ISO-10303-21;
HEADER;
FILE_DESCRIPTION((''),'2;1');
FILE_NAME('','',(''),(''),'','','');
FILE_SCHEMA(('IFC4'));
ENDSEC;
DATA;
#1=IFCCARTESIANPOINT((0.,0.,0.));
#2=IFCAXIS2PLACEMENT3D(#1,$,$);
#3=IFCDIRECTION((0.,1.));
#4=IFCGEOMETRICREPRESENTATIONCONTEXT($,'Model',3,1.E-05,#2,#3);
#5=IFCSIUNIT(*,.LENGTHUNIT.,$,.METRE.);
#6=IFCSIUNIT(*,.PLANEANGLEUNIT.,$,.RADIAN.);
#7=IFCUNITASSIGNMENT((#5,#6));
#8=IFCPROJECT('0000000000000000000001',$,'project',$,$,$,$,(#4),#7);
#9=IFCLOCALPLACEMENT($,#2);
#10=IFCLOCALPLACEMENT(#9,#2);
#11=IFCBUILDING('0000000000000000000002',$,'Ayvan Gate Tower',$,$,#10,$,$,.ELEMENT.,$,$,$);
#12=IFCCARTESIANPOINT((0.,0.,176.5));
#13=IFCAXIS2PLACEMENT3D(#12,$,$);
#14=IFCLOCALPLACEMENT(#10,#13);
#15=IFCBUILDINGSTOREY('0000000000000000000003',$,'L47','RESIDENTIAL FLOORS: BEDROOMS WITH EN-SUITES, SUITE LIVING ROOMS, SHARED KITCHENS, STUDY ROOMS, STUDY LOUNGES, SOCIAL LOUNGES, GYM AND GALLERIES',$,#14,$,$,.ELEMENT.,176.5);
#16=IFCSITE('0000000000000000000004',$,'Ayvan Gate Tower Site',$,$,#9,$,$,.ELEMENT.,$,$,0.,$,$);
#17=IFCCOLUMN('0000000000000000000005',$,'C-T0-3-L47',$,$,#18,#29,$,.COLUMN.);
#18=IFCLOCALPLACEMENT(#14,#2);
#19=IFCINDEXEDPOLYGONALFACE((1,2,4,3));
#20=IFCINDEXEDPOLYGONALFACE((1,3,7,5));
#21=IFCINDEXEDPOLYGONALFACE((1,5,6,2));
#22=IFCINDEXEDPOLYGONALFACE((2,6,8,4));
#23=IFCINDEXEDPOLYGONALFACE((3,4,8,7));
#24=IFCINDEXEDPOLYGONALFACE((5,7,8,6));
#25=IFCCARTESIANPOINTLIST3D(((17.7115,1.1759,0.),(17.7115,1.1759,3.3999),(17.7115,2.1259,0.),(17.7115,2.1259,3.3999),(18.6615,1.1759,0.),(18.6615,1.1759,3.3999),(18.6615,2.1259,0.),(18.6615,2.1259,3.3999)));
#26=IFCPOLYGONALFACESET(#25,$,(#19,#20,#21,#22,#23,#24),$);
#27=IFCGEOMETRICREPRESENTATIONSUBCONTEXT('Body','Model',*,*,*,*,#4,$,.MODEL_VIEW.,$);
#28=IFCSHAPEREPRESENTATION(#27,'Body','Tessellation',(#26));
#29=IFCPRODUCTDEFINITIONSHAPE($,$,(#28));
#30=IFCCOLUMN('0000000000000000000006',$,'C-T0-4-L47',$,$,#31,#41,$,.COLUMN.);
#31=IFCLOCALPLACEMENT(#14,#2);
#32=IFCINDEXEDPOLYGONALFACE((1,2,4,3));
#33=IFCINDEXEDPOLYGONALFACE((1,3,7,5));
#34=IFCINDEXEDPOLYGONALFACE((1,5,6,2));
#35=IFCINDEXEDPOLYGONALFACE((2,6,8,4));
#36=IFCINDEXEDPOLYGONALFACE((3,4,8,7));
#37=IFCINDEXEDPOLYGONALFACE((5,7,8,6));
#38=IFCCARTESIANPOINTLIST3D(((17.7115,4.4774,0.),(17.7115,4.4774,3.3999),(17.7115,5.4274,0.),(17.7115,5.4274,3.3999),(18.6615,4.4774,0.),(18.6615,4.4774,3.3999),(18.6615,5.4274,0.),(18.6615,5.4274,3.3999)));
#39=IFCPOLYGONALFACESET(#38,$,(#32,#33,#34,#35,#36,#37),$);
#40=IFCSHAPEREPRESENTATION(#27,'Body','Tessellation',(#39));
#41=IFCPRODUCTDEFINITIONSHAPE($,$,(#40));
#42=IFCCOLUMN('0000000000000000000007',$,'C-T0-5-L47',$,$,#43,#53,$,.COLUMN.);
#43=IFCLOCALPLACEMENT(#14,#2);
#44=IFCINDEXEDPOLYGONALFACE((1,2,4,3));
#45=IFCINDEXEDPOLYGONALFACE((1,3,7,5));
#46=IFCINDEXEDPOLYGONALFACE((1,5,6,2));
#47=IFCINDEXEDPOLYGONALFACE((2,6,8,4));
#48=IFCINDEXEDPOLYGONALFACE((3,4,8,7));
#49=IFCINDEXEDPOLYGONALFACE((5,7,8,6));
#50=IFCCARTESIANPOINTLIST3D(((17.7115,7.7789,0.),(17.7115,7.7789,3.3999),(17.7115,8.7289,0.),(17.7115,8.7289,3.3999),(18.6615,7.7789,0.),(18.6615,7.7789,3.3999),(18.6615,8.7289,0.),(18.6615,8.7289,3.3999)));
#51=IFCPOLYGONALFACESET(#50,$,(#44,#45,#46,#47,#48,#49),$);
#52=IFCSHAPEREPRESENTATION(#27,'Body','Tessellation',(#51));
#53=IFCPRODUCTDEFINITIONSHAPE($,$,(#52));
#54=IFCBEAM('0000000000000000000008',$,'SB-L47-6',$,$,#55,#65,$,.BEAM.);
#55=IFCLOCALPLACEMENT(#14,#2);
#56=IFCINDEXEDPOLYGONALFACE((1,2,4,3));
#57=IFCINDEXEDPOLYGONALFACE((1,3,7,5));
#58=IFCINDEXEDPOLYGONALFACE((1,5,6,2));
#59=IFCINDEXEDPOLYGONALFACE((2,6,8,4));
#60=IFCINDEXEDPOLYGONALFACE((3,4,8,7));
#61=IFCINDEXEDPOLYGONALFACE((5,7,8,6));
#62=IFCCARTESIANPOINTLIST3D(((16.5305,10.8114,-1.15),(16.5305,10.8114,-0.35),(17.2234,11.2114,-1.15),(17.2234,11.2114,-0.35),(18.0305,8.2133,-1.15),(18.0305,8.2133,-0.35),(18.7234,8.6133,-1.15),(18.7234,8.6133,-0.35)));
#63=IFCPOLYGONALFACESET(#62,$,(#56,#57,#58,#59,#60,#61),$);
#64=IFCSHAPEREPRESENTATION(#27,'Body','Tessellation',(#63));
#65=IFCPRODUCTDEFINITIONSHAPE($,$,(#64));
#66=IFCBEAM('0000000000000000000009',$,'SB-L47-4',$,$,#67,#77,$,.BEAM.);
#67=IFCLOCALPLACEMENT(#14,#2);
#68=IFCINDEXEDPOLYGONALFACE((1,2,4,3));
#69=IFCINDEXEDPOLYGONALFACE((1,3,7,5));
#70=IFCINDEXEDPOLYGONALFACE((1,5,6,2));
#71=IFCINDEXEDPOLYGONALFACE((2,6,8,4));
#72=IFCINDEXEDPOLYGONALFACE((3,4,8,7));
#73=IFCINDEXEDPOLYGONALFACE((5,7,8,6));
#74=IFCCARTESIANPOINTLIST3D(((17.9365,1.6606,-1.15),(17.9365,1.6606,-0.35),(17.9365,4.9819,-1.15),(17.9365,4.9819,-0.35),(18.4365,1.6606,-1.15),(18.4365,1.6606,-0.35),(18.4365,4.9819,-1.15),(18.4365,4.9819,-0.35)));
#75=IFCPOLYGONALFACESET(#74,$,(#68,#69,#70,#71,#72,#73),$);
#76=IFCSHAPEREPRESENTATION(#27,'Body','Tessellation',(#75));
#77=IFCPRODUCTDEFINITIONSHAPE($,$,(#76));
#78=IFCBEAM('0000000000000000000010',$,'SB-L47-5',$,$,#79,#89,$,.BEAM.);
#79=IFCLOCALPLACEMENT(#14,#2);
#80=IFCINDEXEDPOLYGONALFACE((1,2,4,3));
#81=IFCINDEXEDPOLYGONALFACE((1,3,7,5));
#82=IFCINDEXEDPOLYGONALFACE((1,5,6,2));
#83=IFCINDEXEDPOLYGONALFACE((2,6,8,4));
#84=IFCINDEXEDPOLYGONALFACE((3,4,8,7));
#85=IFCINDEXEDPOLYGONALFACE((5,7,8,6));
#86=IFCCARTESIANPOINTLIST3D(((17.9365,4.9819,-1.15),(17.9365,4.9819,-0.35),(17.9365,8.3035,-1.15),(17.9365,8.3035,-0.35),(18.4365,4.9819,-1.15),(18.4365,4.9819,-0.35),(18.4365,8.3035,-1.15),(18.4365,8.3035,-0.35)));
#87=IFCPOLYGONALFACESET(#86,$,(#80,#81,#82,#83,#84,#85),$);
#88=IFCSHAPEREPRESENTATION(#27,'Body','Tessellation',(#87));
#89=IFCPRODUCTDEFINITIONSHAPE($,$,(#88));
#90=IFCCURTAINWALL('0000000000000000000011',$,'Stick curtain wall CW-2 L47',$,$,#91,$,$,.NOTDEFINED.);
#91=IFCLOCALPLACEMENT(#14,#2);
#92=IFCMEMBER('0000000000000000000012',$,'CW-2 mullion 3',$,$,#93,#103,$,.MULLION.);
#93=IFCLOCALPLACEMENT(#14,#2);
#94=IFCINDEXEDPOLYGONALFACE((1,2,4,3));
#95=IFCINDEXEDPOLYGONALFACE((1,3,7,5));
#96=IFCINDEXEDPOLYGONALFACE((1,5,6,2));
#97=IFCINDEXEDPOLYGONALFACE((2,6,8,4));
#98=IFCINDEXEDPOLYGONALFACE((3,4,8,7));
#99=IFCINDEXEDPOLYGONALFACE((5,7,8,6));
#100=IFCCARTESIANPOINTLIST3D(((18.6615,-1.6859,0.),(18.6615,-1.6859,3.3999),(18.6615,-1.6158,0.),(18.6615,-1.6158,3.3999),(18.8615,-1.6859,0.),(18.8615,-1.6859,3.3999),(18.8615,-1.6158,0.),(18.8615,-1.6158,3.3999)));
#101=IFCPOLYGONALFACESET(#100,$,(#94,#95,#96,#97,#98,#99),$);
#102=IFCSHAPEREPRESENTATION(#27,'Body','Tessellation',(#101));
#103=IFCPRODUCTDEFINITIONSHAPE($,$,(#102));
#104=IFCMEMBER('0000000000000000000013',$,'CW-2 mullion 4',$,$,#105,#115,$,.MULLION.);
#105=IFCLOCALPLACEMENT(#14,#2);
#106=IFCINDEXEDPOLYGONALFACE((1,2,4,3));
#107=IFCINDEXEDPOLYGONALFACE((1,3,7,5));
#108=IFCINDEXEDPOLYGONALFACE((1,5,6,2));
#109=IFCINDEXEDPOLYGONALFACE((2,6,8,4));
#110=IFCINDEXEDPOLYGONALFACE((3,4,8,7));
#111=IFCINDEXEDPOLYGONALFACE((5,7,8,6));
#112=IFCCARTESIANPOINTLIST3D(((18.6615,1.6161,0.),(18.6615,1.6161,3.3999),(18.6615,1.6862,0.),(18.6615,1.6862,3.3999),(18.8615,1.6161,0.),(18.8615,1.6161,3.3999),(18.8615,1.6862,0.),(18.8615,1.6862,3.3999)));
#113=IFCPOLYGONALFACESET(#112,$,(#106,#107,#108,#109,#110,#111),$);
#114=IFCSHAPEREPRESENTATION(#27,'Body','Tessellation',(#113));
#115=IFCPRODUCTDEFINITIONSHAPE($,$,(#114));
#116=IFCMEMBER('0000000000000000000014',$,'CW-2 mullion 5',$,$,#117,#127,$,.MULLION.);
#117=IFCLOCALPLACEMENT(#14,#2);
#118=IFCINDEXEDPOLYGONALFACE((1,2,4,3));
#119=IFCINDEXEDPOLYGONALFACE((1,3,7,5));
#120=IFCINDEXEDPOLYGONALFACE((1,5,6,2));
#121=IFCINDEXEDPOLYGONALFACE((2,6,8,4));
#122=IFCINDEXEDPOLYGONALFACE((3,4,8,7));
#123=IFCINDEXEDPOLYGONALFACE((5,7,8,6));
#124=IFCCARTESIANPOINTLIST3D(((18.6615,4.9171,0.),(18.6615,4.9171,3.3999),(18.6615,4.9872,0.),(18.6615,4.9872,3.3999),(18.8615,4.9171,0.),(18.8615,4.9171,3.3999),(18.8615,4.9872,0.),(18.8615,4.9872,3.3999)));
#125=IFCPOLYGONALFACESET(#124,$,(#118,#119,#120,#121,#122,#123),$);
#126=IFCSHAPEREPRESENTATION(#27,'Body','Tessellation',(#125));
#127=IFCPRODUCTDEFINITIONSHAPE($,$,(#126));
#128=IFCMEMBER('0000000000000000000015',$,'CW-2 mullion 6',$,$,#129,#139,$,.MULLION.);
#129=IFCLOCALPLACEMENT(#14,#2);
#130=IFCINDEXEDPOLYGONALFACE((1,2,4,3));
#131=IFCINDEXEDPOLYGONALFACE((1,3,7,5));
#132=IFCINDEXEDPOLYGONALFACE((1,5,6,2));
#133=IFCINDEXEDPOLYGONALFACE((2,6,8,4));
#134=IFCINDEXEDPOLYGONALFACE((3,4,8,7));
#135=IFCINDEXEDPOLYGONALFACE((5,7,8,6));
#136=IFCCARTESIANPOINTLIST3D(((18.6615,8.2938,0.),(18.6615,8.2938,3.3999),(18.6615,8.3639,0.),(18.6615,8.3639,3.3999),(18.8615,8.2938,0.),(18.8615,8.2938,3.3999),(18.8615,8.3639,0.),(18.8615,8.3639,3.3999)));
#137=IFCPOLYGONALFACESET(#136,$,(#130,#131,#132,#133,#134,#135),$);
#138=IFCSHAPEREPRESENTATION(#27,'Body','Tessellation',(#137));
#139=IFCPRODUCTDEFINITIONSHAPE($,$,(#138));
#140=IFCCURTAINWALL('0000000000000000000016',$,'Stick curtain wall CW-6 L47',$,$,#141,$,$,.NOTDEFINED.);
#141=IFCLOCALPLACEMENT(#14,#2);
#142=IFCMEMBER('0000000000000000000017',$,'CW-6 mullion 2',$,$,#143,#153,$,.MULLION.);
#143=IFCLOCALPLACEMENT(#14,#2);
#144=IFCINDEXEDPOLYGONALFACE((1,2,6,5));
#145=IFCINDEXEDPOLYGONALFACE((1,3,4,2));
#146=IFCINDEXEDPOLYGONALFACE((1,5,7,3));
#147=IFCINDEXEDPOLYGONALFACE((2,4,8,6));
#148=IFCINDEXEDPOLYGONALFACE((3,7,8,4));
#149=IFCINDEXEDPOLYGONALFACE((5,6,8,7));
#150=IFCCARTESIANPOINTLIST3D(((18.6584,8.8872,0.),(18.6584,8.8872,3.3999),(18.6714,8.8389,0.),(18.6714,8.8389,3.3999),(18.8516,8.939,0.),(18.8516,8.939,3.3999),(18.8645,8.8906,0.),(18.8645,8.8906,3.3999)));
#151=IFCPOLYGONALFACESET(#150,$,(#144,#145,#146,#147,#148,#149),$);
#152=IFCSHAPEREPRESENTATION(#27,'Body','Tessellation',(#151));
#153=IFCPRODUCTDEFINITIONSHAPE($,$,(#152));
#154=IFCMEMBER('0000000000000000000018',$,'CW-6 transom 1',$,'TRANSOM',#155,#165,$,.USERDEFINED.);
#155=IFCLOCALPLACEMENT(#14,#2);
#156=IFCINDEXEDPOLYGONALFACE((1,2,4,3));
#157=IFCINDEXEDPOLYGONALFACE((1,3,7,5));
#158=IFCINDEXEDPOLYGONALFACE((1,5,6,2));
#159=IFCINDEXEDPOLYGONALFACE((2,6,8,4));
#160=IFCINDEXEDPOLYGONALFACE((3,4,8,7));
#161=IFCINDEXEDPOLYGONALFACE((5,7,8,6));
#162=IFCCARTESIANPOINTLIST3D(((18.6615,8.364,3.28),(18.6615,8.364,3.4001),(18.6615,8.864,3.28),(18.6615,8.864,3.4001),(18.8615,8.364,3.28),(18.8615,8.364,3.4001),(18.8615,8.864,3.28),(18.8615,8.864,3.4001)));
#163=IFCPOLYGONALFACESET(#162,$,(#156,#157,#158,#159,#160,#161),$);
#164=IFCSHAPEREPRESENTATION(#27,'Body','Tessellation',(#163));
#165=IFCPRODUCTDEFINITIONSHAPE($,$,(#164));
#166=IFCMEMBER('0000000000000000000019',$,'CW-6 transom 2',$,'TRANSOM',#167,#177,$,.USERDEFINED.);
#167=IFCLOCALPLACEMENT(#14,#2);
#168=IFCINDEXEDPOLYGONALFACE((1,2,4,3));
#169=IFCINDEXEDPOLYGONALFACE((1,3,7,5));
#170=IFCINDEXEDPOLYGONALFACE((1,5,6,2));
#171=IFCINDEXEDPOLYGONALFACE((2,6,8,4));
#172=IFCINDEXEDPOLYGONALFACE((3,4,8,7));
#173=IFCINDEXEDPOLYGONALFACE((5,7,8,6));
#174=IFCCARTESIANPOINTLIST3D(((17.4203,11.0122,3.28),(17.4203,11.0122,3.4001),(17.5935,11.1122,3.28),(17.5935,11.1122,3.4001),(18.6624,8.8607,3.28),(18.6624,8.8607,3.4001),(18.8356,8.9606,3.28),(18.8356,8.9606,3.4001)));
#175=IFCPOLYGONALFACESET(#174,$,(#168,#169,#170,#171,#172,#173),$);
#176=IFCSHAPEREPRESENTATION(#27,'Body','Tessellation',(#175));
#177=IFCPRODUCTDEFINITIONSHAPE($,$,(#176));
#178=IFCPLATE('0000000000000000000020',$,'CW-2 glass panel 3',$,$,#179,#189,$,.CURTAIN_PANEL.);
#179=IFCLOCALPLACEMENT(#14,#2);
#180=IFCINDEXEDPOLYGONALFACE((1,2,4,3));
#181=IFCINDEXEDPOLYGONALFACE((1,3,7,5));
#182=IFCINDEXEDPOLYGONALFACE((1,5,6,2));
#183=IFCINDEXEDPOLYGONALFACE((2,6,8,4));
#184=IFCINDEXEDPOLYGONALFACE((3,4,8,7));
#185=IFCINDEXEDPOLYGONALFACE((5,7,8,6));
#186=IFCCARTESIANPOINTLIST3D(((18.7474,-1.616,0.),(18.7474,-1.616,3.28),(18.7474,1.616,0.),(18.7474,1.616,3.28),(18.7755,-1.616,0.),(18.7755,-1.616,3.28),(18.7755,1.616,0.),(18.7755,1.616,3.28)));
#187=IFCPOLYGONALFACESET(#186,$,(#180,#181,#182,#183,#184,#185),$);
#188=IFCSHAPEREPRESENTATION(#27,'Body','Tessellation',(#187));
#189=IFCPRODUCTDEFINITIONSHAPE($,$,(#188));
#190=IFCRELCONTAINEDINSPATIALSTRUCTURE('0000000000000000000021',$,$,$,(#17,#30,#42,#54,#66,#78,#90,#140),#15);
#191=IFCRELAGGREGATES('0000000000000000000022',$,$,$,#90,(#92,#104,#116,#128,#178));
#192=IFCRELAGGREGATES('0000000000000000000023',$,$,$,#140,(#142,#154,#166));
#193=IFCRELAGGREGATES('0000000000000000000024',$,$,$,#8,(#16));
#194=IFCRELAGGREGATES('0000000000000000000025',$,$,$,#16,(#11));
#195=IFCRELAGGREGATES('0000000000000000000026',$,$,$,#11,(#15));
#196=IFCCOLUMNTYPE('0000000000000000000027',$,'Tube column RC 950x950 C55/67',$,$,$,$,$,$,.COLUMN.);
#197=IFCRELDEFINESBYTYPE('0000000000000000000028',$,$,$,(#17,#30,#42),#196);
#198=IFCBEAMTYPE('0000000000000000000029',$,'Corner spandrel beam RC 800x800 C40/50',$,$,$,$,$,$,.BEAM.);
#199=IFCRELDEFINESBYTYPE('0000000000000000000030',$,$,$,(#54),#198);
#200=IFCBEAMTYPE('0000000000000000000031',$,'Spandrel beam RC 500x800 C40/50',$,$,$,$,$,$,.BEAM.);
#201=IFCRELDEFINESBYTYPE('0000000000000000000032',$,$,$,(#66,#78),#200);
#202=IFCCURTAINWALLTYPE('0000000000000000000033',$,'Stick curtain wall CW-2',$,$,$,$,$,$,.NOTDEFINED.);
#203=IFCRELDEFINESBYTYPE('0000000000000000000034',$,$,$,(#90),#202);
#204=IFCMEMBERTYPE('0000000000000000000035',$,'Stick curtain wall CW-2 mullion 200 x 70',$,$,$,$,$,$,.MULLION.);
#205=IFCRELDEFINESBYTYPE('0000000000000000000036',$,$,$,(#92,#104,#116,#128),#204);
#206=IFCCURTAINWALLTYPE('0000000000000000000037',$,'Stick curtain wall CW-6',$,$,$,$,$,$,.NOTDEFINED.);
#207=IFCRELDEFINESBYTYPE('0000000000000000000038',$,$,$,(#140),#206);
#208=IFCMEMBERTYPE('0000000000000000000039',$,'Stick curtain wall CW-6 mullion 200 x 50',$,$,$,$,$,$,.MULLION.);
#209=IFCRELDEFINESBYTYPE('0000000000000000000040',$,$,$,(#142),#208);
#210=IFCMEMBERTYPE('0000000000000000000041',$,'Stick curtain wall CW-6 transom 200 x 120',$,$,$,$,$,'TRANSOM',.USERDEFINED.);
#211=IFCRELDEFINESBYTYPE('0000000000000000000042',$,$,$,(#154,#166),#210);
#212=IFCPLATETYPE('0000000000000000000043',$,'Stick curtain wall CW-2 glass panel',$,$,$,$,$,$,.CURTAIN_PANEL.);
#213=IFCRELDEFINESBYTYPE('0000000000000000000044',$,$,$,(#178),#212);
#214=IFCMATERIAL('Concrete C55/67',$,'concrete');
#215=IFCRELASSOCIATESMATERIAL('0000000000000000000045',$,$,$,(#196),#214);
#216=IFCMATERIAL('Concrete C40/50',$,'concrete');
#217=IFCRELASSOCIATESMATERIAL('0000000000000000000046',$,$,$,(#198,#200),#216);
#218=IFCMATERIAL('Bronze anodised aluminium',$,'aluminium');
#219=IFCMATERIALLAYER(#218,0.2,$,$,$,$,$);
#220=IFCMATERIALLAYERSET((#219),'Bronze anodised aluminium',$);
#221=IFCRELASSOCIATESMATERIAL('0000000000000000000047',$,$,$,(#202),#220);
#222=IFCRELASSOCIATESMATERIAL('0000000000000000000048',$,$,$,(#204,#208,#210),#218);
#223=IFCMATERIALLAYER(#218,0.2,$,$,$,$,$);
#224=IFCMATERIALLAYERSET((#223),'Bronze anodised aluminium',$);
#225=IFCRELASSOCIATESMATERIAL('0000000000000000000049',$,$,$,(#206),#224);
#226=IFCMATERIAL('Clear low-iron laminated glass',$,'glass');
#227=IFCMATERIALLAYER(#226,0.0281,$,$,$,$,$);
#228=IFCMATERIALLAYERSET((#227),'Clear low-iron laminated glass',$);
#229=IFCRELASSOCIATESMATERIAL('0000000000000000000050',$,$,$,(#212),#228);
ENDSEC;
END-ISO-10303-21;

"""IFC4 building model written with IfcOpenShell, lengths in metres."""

from ifc_helpers import new_model, si_unit, direction, frame, origin, origin_2d, place, context, subcontext, project, spatial, rectangle, extrude, material, layer, layer_set, material_profile, profile_set, type_object, element, aggregate, save


model = new_model("IFC4")

# Units and contexts
model_context = context("Model", 3, precision=1e-05, world=origin(), true_north=direction((0.0, 1.0)))
body_context = subcontext(model_context, "Body", "Model", "MODEL_VIEW")
ifc_project = project(units=[si_unit("LENGTHUNIT", "METRE"), si_unit("PLANEANGLEUNIT", "RADIAN")], contexts=[model_context])

# Site, building, storey
site_placement = place(None, origin())
site = spatial("IfcSite", under=ifc_project, at=site_placement, Name="Ayvan Gate Tower Site", CompositionType="ELEMENT", RefElevation=0.0)
building_placement = place(site_placement, origin())
building = spatial("IfcBuilding", under=site, at=building_placement, Name="Ayvan Gate Tower", CompositionType="ELEMENT")
storey_placement = place(building_placement, frame((0.0, 0.0, 176.5)))
storey = spatial("IfcBuildingStorey", under=building, at=storey_placement, Name="L47", Description="RESIDENTIAL FLOORS: BEDROOMS WITH EN-SUITES, SUITE LIVING ROOMS, SHARED KITCHENS, STUDY ROOMS, STUDY LOUNGES, SOCIAL LOUNGES, GYM AND GALLERIES", CompositionType="ELEMENT", Elevation=176.5)

# Columns
ifc_material_1 = material(Name="Concrete C55/67", Category="concrete")
ifc_material_profile_1 = material_profile(ifc_material_1, rectangle(XDim=0.95, YDim=0.95, at=origin_2d()), Name="RC 950x950")
ifc_profile_set_1 = profile_set([ifc_material_profile_1], Name="Concrete C55/67")
column_type = type_object("IfcColumnType", Name="Tube column RC 950x950 C55/67", PredefinedType="COLUMN", material=ifc_profile_set_1)
for number, where, z_axis, x_axis, name in (
    (1, (18.1865, 1.6509, 0.0), (0.0, 0.0, 1.0), (1.0, 0.0, 0.0), "C-T0-3-L47"),
    (2, (18.1865, 4.9524, 0.0), (0.0, 0.0, 1.0), (1.0, 0.0, 0.0), "C-T0-4-L47"),
    (3, (18.1865, 8.2539, 0.0), (0.0, 0.0, 1.0), (1.0, 0.0, 0.0), "C-T0-5-L47"),
):
    element("IfcColumn", number, at=place(storey_placement, frame(where, z_axis=z_axis, x_axis=x_axis)), inside=storey, type_object=column_type, Name=name, PredefinedType="COLUMN", context=body_context, shape_type="SweptSolid", body=[
        extrude(rectangle(XDim=0.95, YDim=0.95, at=origin_2d()), origin(), (0.0, 0.0, 1.0), 3.3999),
    ])

# Beams
ifc_material_2 = material(Name="Concrete C40/50", Category="concrete")
ifc_material_profile_2 = material_profile(ifc_material_2, rectangle(XDim=0.8, YDim=0.8, at=origin_2d()), Name="RC 800x800")
ifc_profile_set_2 = profile_set([ifc_material_profile_2], Name="Concrete C40/50")
beam_type_1 = type_object("IfcBeamType", Name="Corner spandrel beam RC 800x800 C40/50", PredefinedType="BEAM", material=ifc_profile_set_2)
beam_1_placement = place(storey_placement, frame((18.377, 8.4133, -0.75), z_axis=(-0.49999, 0.866031, 0.0), x_axis=(-0.866031, -0.49999, 0.0)))
element("IfcBeam", 4, at=beam_1_placement, inside=storey, type_object=beam_type_1, Name="SB-L47-6", PredefinedType="BEAM", context=body_context, shape_type="SweptSolid", body=[
    extrude(rectangle(XDim=0.8, YDim=0.8, at=origin_2d()), origin(), (0.0, 0.0, 1.0), 3.0),
])
ifc_material_profile_3 = material_profile(ifc_material_2, rectangle(XDim=0.5, YDim=0.8, at=origin_2d()), Name="RC 500x800")
ifc_profile_set_3 = profile_set([ifc_material_profile_3], Name="Concrete C40/50")
beam_type_2 = type_object("IfcBeamType", Name="Spandrel beam RC 500x800 C40/50", PredefinedType="BEAM", material=ifc_profile_set_3)
beam_2_placement = place(storey_placement, frame((18.1865, 1.6606, -0.75), z_axis=(0.0, 1.0, 0.0), x_axis=(-1.0, 0.0, 0.0)))
element("IfcBeam", 5, at=beam_2_placement, inside=storey, type_object=beam_type_2, Name="SB-L47-4", PredefinedType="BEAM", context=body_context, shape_type="SweptSolid", body=[
    extrude(rectangle(XDim=0.5, YDim=0.8, at=origin_2d()), origin(), (0.0, 0.0, 1.0), 3.3213),
])
beam_3_placement = place(storey_placement, frame((18.1865, 4.9819, -0.75), z_axis=(0.0, 1.0, 0.0), x_axis=(-1.0, 0.0, 0.0)))
element("IfcBeam", 6, at=beam_3_placement, inside=storey, type_object=beam_type_2, Name="SB-L47-5", PredefinedType="BEAM", context=body_context, shape_type="SweptSolid", body=[
    extrude(rectangle(XDim=0.5, YDim=0.8, at=origin_2d()), origin(), (0.0, 0.0, 1.0), 3.3215),
])

# Curtain walls, members
ifc_material_3 = material(Name="Bronze anodised aluminium", Category="aluminium")
ifc_layer_1 = layer(ifc_material_3, 0.2)
ifc_layer_set_1 = layer_set([ifc_layer_1], Name="Bronze anodised aluminium")
curtain_wall_type_1 = type_object("IfcCurtainWallType", Name="Stick curtain wall CW-2", PredefinedType="NOTDEFINED", material=ifc_layer_set_1)
curtain_wall_1_placement = place(storey_placement, origin())
curtain_wall_1 = element("IfcCurtainWall", 7, at=curtain_wall_1_placement, inside=storey, type_object=curtain_wall_type_1, Name="Stick curtain wall CW-2 L47", PredefinedType="NOTDEFINED")
ifc_material_profile_4 = material_profile(ifc_material_3, rectangle(XDim=0.2, YDim=0.0701, at=origin_2d()), Name="Stick curtain wall CW-2 mullion 200 x 70")
ifc_profile_set_4 = profile_set([ifc_material_profile_4], Name="Bronze anodised aluminium")
member_type_1 = type_object("IfcMemberType", Name="Stick curtain wall CW-2 mullion 200 x 70", PredefinedType="MULLION", material=ifc_profile_set_4)
member_1_placement = place(storey_placement, frame((18.7615, -1.6509, 0.0), z_axis=(0.0, 0.0, 1.0), x_axis=(1.0, 0.0, 0.0)))
member_1 = element("IfcMember", 8, at=member_1_placement, type_object=member_type_1, Name="CW-2 mullion 3", PredefinedType="MULLION", context=body_context, shape_type="SweptSolid", body=[
    extrude(rectangle(XDim=0.2, YDim=0.0701, at=origin_2d()), origin(), (0.0, 0.0, 1.0), 3.3999),
])
member_2_placement = place(storey_placement, frame((18.7615, 1.6511, 0.0), z_axis=(0.0, 0.0, 1.0), x_axis=(1.0, 0.0, 0.0)))
member_2 = element("IfcMember", 9, at=member_2_placement, type_object=member_type_1, Name="CW-2 mullion 4", PredefinedType="MULLION", context=body_context, shape_type="SweptSolid", body=[
    extrude(rectangle(XDim=0.2, YDim=0.0701, at=origin_2d()), origin(), (0.0, 0.0, 1.0), 3.3999),
])
member_3_placement = place(storey_placement, frame((18.7615, 4.9521, 0.0), z_axis=(0.0, 0.0, 1.0), x_axis=(1.0, 0.0, 0.0)))
member_3 = element("IfcMember", 10, at=member_3_placement, type_object=member_type_1, Name="CW-2 mullion 5", PredefinedType="MULLION", context=body_context, shape_type="SweptSolid", body=[
    extrude(rectangle(XDim=0.2, YDim=0.0701, at=origin_2d()), origin(), (0.0, 0.0, 1.0), 3.3999),
])
member_4_placement = place(storey_placement, frame((18.7615, 8.3289, 0.0), z_axis=(0.0, 0.0, 1.0), x_axis=(1.0, 0.0, 0.0)))
member_4 = element("IfcMember", 11, at=member_4_placement, type_object=member_type_1, Name="CW-2 mullion 6", PredefinedType="MULLION", context=body_context, shape_type="SweptSolid", body=[
    extrude(rectangle(XDim=0.2, YDim=0.0701, at=origin_2d()), origin(), (0.0, 0.0, 1.0), 3.3999),
])
ifc_layer_2 = layer(ifc_material_3, 0.2)
ifc_layer_set_2 = layer_set([ifc_layer_2], Name="Bronze anodised aluminium")
curtain_wall_type_2 = type_object("IfcCurtainWallType", Name="Stick curtain wall CW-6", PredefinedType="NOTDEFINED", material=ifc_layer_set_2)
curtain_wall_2_placement = place(storey_placement, origin())
curtain_wall_2 = element("IfcCurtainWall", 12, at=curtain_wall_2_placement, inside=storey, type_object=curtain_wall_type_2, Name="Stick curtain wall CW-6 L47", PredefinedType="NOTDEFINED")
ifc_material_profile_5 = material_profile(ifc_material_3, rectangle(XDim=0.2, YDim=0.05, at=origin_2d()), Name="Stick curtain wall CW-6 mullion 200 x 50")
ifc_profile_set_5 = profile_set([ifc_material_profile_5], Name="Bronze anodised aluminium")
member_type_2 = type_object("IfcMemberType", Name="Stick curtain wall CW-6 mullion 200 x 50", PredefinedType="MULLION", material=ifc_profile_set_5)
member_5_placement = place(storey_placement, frame((18.7615, 8.8889, 0.0), z_axis=(0.0, 0.0, 1.0), x_axis=(0.965926, 0.258819, 0.0)))
member_5 = element("IfcMember", 13, at=member_5_placement, type_object=member_type_2, Name="CW-6 mullion 2", PredefinedType="MULLION", context=body_context, shape_type="SweptSolid", body=[
    extrude(rectangle(XDim=0.2, YDim=0.05, at=origin_2d()), origin(), (0.0, 0.0, 1.0), 3.3999),
])
ifc_material_profile_6 = material_profile(ifc_material_3, rectangle(XDim=0.2, YDim=0.1201, at=origin_2d()), Name="Stick curtain wall CW-6 transom 200 x 120")
ifc_profile_set_6 = profile_set([ifc_material_profile_6], Name="Bronze anodised aluminium")
member_type_3 = type_object("IfcMemberType", Name="Stick curtain wall CW-6 transom 200 x 120", ElementType="TRANSOM", PredefinedType="USERDEFINED", material=ifc_profile_set_6)
member_6_placement = place(storey_placement, frame((18.7615, 8.364, 3.3401), z_axis=(0.0, 1.0, 0.0), x_axis=(-1.0, 0.0, 0.0)))
member_6 = element("IfcMember", 14, at=member_6_placement, type_object=member_type_3, Name="CW-6 transom 1", ObjectType="TRANSOM", PredefinedType="USERDEFINED", context=body_context, shape_type="SweptSolid", body=[
    extrude(rectangle(XDim=0.2, YDim=0.1201, at=origin_2d()), origin(), (0.0, 0.0, 1.0), 0.5),
])
member_7_placement = place(storey_placement, frame((18.749, 8.9106, 3.3401), z_axis=(-0.499986, 0.866033, 0.0), x_axis=(-0.866033, -0.499986, 0.0)))
member_7 = element("IfcMember", 15, at=member_7_placement, type_object=member_type_3, Name="CW-6 transom 2", ObjectType="TRANSOM", PredefinedType="USERDEFINED", context=body_context, shape_type="SweptSolid", body=[
    extrude(rectangle(XDim=0.2, YDim=0.1201, at=origin_2d()), origin(), (0.0, 0.0, 1.0), 2.4844),
])

# Plate
ifc_material_4 = material(Name="Clear low-iron laminated glass", Category="glass")
ifc_layer_3 = layer(ifc_material_4, 0.0281)
ifc_layer_set_3 = layer_set([ifc_layer_3], Name="Clear low-iron laminated glass")
plate_type_1 = type_object("IfcPlateType", Name="Stick curtain wall CW-2 glass panel", PredefinedType="CURTAIN_PANEL", material=ifc_layer_set_3)
plate_1_placement = place(storey_placement, frame((18.7615, 0.0, 0.0), z_axis=(0.0, 0.0, 1.0), x_axis=(0.0, 1.0, 0.0)))
plate_1 = element("IfcPlate", 16, at=plate_1_placement, type_object=plate_type_1, Name="CW-2 glass panel 3", PredefinedType="CURTAIN_PANEL", context=body_context, shape_type="SweptSolid", body=[
    extrude(rectangle(XDim=3.2319, YDim=0.0281, at=origin_2d()), origin(), (0.0, 0.0, 1.0), 3.28),
])
aggregate(curtain_wall_1, [member_1, member_2, member_3, member_4, plate_1])
aggregate(curtain_wall_2, [member_5, member_6, member_7])

save(model, "model.ifc")
